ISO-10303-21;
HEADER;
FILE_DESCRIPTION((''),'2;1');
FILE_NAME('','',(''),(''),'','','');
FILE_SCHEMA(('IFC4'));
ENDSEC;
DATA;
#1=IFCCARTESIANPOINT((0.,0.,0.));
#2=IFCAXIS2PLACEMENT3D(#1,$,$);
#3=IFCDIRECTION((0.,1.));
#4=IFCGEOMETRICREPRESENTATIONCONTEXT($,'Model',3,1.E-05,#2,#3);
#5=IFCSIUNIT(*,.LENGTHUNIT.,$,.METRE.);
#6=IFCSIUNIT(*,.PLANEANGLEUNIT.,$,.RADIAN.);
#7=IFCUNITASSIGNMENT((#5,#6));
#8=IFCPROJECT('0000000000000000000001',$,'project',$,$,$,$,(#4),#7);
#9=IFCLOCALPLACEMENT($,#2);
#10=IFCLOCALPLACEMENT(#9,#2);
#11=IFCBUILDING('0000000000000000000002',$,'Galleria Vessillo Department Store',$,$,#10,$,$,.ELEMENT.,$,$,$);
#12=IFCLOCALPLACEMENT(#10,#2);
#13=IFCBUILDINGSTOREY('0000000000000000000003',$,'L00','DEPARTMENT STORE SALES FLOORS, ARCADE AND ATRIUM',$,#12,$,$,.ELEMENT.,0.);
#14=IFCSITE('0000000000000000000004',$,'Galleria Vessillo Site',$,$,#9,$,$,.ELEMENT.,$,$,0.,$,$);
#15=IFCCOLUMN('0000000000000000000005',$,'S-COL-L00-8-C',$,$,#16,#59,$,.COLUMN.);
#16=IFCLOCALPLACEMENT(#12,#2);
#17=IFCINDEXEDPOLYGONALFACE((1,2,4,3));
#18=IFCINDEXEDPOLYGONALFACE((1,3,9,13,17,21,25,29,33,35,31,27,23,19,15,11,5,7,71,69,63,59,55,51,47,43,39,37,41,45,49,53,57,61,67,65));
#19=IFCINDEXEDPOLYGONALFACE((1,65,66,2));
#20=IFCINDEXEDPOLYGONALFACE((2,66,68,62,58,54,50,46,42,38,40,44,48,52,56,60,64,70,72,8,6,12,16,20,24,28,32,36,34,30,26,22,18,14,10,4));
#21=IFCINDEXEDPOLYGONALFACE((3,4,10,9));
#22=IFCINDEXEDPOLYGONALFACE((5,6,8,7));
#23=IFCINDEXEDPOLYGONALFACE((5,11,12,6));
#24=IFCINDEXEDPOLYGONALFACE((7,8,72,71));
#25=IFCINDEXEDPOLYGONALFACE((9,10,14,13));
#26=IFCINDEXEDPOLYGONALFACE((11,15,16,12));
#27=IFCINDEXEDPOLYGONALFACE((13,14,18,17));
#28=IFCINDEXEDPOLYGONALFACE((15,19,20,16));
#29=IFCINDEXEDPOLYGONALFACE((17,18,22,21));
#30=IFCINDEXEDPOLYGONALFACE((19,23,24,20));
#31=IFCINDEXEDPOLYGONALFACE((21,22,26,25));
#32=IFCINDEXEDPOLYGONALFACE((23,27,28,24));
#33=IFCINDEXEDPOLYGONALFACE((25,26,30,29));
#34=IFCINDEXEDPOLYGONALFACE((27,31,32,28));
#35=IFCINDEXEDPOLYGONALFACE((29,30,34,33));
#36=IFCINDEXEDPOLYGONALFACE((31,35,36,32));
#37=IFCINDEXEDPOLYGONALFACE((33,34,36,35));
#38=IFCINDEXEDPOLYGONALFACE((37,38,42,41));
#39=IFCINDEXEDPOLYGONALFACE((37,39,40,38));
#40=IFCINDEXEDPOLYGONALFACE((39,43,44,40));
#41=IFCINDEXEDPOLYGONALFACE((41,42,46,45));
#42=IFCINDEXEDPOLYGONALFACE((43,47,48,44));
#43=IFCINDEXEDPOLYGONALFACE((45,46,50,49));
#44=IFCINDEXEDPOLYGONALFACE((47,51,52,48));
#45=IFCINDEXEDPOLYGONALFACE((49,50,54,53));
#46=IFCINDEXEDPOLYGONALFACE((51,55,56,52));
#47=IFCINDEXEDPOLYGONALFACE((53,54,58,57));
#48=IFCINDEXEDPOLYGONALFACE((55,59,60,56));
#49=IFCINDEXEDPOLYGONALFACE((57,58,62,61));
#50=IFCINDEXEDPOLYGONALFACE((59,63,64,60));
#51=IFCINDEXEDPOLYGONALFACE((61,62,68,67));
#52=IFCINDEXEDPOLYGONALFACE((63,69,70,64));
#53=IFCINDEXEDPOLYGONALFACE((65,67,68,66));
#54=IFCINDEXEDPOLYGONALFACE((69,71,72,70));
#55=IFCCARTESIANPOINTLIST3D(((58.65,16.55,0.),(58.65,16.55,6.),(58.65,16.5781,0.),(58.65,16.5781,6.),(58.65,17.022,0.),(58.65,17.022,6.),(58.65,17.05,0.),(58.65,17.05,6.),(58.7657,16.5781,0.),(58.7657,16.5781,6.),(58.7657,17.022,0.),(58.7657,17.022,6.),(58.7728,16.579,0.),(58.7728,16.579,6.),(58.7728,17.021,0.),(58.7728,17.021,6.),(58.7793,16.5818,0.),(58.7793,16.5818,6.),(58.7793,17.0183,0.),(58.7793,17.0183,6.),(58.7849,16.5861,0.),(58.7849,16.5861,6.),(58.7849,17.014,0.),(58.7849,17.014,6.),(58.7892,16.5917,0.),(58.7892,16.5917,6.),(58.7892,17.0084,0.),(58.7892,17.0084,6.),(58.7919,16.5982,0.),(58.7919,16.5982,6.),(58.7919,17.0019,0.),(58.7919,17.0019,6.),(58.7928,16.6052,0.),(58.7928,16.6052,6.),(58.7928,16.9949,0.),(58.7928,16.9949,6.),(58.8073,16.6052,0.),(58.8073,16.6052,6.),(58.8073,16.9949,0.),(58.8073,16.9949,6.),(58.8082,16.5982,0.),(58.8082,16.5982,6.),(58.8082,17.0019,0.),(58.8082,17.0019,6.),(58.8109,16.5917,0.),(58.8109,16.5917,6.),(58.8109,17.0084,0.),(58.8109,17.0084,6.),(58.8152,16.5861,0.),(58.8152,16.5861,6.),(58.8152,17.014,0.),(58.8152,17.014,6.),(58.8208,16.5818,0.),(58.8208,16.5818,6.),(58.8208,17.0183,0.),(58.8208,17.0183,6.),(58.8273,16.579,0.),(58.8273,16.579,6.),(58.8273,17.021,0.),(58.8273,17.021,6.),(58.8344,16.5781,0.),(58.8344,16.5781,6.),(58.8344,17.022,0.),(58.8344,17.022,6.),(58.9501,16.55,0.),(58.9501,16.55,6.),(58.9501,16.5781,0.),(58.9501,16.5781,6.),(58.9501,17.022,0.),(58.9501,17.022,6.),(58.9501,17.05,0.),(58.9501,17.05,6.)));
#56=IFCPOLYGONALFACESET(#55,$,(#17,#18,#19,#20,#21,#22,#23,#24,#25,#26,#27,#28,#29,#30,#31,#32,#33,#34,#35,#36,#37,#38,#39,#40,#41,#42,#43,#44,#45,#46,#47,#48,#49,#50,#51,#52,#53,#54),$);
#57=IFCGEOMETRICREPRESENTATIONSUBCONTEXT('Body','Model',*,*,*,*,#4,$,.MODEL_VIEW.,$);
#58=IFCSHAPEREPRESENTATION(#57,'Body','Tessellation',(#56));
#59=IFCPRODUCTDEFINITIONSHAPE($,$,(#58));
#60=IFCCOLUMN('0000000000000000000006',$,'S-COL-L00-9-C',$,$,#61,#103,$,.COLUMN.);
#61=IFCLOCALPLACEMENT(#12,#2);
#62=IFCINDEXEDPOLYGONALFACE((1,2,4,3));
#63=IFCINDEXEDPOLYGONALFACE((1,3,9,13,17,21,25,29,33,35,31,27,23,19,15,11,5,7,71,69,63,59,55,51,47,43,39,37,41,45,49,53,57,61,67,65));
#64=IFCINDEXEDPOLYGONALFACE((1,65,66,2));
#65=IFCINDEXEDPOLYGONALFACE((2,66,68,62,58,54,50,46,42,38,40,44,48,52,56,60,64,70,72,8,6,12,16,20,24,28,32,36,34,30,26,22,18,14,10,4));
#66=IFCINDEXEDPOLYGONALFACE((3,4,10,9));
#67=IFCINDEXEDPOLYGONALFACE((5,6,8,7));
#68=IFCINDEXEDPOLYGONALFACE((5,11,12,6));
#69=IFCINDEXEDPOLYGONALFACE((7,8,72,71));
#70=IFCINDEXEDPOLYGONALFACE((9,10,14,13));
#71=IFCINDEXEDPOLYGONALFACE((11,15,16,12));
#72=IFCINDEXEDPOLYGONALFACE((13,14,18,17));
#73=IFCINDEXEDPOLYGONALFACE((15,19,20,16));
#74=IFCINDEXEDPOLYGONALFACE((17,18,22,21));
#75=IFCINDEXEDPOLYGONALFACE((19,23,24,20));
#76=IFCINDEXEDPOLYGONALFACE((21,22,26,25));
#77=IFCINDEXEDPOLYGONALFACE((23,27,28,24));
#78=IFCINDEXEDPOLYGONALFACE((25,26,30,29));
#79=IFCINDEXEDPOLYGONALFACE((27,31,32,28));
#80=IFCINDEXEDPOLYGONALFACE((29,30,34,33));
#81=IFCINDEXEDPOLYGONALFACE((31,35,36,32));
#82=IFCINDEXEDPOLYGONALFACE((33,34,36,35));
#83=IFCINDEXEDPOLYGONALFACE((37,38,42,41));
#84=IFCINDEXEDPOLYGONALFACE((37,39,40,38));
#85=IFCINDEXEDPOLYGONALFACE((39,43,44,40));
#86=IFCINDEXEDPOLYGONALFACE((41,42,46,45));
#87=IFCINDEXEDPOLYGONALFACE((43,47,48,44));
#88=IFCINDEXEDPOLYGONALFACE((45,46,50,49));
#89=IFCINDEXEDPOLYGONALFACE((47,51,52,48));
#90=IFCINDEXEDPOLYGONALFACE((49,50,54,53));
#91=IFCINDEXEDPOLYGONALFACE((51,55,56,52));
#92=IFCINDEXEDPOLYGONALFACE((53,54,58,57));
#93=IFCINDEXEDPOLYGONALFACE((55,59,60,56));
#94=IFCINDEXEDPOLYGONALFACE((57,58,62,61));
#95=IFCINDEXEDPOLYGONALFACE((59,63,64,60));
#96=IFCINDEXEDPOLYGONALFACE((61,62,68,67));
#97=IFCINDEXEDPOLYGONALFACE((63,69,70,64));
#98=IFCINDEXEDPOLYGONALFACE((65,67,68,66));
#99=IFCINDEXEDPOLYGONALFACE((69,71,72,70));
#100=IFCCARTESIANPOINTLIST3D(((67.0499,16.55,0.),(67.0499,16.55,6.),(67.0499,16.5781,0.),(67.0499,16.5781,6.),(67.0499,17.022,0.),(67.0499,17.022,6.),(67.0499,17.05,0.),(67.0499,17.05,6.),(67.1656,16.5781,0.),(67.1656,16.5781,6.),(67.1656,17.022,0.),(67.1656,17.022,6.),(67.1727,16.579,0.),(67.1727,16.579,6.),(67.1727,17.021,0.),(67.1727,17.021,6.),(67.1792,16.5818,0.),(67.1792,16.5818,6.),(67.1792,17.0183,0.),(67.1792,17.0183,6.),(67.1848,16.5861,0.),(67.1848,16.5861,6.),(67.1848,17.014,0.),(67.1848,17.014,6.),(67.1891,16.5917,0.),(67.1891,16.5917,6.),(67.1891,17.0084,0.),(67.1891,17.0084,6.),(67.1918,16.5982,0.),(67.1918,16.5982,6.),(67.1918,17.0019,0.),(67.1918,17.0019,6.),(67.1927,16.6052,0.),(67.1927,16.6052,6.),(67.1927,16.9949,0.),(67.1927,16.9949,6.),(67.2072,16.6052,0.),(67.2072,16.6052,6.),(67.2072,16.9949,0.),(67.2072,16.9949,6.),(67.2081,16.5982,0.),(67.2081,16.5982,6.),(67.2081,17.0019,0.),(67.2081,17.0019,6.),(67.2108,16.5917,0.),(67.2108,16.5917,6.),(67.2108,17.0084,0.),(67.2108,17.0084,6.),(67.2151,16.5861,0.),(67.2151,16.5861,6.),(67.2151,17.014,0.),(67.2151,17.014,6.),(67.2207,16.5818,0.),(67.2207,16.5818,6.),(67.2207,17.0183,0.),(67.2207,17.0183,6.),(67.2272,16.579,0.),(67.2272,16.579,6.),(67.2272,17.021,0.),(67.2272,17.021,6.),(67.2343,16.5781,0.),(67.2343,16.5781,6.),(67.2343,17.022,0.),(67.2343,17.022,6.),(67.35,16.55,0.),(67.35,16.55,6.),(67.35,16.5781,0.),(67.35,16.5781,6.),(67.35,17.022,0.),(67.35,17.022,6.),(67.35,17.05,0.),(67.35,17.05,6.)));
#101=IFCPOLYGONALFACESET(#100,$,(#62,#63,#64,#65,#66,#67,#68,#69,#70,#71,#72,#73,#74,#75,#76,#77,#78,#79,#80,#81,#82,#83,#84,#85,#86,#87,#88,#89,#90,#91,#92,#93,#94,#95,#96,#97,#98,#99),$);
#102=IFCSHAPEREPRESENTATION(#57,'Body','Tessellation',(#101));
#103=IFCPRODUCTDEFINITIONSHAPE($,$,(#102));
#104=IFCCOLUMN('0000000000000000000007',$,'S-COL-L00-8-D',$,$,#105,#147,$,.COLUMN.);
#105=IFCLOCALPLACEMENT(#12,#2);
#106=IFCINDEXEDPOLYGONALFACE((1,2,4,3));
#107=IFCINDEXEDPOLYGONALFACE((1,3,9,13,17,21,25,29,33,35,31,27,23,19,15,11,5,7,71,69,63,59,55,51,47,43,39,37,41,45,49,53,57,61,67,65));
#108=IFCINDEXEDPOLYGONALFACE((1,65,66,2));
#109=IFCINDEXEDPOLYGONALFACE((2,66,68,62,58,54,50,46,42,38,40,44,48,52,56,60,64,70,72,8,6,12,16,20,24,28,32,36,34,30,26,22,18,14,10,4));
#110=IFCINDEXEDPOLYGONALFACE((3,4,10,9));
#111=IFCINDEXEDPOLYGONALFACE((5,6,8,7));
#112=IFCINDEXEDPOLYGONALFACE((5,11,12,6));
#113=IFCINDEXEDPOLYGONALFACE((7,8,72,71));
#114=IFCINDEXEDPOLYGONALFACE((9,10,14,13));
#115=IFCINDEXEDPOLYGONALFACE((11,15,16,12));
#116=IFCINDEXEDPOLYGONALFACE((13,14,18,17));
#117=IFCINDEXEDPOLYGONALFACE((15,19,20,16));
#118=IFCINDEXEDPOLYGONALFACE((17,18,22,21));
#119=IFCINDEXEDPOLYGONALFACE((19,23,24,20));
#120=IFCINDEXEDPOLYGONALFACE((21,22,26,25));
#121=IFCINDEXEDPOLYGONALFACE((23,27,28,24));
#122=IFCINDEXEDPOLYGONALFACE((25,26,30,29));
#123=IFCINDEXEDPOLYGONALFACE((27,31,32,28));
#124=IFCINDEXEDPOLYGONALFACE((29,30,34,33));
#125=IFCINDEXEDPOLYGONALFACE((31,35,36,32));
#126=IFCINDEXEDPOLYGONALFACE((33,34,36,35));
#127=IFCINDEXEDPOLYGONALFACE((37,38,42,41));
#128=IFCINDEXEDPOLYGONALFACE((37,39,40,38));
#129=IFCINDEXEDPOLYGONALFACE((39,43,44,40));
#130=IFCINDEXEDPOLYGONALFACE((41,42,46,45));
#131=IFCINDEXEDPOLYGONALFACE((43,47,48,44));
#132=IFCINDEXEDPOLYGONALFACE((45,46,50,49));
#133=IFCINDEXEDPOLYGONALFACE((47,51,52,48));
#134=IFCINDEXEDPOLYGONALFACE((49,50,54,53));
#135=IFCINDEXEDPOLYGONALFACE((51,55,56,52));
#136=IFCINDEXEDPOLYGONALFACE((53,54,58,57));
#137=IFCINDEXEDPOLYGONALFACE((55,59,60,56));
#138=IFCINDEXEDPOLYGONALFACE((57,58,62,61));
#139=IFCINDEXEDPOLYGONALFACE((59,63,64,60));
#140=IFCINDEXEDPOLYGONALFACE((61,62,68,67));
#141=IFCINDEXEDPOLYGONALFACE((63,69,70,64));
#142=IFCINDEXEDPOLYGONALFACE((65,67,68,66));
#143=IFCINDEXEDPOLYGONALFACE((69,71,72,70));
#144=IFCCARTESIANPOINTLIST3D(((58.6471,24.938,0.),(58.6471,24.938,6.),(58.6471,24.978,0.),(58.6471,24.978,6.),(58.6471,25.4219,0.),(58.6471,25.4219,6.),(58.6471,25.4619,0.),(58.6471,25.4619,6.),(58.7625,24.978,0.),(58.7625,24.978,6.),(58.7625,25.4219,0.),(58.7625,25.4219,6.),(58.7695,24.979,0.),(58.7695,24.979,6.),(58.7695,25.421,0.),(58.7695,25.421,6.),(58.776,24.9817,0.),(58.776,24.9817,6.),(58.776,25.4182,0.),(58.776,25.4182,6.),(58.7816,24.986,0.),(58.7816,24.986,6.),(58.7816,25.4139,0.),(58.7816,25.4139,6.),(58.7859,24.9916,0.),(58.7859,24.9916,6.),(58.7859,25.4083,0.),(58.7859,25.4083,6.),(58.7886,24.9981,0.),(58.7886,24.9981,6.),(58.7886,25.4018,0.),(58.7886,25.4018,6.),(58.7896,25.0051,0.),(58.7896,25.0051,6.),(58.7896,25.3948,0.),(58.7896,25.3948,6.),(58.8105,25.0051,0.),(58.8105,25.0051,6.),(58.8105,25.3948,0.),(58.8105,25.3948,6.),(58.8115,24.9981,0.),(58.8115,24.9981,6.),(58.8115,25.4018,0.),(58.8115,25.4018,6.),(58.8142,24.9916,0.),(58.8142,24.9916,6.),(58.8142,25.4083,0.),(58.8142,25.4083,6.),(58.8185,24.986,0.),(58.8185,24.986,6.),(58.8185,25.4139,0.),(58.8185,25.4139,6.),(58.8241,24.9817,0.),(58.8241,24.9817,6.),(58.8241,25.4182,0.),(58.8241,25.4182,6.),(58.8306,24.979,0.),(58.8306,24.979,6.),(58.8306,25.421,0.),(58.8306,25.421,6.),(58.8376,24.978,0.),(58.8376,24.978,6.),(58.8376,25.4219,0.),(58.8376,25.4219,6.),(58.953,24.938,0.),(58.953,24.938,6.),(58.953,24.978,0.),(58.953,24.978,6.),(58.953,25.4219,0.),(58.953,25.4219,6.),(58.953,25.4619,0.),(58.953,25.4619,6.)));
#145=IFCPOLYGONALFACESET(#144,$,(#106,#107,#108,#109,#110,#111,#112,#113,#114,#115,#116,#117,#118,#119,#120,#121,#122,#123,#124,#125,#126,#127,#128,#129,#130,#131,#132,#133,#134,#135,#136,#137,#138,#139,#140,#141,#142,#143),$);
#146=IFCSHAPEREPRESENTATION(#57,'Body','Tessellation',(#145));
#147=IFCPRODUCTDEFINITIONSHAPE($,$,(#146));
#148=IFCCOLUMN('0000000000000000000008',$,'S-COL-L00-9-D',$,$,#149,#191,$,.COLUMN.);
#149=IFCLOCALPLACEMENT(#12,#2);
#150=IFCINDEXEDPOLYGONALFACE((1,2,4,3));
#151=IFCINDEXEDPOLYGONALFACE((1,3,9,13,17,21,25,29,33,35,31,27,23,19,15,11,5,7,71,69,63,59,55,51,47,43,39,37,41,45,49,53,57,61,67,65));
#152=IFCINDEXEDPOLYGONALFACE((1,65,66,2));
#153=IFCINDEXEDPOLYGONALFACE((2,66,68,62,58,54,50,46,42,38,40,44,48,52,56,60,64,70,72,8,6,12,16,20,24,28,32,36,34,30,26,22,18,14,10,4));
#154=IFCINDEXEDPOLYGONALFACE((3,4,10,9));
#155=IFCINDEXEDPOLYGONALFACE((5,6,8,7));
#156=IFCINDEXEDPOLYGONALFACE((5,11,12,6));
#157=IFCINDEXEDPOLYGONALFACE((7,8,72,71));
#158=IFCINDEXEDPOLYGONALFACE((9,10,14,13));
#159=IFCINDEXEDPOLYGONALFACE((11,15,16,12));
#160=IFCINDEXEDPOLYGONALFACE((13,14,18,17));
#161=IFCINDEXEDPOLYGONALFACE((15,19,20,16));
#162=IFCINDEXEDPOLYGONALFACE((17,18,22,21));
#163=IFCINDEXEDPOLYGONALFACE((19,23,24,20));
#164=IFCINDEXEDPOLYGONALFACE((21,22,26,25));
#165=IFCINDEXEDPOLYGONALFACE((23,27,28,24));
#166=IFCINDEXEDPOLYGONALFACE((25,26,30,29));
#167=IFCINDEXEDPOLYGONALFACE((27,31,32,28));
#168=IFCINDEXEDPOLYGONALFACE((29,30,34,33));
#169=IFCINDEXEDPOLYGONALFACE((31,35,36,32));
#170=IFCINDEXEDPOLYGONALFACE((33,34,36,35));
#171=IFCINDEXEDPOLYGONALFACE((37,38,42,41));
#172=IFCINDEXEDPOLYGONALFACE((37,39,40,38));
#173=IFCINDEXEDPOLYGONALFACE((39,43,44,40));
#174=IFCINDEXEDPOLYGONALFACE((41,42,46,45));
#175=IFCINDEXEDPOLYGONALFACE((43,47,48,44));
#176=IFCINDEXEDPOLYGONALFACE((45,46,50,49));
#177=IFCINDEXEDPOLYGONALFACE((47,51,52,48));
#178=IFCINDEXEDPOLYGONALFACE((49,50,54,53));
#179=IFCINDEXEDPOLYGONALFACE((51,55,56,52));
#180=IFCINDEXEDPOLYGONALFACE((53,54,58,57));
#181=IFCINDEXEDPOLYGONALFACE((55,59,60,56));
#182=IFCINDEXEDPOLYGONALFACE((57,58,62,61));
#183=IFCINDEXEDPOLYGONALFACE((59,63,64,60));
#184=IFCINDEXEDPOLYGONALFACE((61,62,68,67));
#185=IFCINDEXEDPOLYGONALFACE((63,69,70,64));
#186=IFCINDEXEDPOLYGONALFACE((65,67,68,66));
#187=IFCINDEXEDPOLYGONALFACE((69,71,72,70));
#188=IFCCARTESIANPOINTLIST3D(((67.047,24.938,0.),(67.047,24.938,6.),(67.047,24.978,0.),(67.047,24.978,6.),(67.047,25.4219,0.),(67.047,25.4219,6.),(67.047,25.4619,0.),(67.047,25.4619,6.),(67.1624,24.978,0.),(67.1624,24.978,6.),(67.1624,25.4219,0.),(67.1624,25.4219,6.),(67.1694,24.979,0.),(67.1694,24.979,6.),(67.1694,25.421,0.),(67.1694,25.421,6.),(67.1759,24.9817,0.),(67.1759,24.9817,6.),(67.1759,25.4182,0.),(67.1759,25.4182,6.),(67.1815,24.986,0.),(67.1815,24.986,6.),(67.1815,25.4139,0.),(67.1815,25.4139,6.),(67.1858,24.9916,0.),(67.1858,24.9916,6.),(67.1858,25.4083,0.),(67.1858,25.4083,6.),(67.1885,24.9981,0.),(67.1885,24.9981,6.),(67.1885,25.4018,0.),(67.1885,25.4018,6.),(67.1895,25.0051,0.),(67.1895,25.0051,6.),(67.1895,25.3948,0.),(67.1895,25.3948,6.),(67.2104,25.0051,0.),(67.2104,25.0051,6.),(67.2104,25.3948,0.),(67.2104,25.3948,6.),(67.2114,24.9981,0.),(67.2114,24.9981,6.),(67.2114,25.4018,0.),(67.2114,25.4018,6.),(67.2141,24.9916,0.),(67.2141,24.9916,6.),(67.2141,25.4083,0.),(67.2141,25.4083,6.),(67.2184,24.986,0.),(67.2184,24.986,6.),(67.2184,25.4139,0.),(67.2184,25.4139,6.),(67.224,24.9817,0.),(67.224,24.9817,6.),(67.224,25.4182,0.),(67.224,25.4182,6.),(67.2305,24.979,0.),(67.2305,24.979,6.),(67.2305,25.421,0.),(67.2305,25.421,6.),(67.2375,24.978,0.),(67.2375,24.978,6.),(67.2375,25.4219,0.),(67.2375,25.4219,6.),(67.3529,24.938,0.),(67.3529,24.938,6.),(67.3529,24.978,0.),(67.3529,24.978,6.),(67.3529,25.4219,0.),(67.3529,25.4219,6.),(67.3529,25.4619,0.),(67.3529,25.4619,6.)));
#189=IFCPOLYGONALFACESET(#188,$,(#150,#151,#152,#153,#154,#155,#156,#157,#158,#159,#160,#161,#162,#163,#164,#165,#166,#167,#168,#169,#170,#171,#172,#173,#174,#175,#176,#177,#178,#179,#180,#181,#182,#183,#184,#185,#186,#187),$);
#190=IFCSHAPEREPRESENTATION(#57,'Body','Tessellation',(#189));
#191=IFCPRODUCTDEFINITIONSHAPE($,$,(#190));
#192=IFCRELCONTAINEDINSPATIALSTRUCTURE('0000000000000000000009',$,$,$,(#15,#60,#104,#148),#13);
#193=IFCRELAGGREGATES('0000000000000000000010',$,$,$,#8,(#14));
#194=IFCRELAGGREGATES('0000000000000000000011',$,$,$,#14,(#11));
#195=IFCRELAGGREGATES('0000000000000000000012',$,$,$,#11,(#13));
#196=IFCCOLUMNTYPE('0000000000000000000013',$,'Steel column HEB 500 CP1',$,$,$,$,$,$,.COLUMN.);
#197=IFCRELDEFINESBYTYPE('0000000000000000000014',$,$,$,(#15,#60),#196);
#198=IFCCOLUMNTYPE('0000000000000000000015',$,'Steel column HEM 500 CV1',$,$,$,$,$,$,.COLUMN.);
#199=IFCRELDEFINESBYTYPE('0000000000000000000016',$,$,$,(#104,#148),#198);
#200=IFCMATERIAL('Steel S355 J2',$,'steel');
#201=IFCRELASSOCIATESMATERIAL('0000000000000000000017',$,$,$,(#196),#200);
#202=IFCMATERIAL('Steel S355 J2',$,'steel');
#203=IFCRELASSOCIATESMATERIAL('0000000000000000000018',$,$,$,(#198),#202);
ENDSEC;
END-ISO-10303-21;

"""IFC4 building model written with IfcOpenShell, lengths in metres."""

from ifc_helpers import new_model, si_unit, direction, frame, origin, origin_2d, place, context, subcontext, project, spatial, i_section, extrude, material, material_profile, profile_set, type_object, element, save


model = new_model("IFC4")

# Units and contexts
model_context = context("Model", 3, precision=1e-05, world=origin(), true_north=direction((0.0, 1.0)))
body_context = subcontext(model_context, "Body", "Model", "MODEL_VIEW")
ifc_project = project(units=[si_unit("LENGTHUNIT", "METRE"), si_unit("PLANEANGLEUNIT", "RADIAN")], contexts=[model_context])

# Site, building, storey
site_placement = place(None, origin())
site = spatial("IfcSite", under=ifc_project, at=site_placement, Name="Galleria Vessillo Site", CompositionType="ELEMENT", RefElevation=0.0)
building_placement = place(site_placement, origin())
building = spatial("IfcBuilding", under=site, at=building_placement, Name="Galleria Vessillo Department Store", CompositionType="ELEMENT")
storey_placement = place(building_placement, origin())
storey = spatial("IfcBuildingStorey", under=building, at=storey_placement, Name="L00", Description="DEPARTMENT STORE SALES FLOORS, ARCADE AND ATRIUM", CompositionType="ELEMENT", Elevation=0.0)

# Columns
ifc_material_1 = material(Name="Steel S355 J2", Category="steel")
ifc_material_profile_1 = material_profile(ifc_material_1, i_section(OverallWidth=0.3, OverallDepth=0.5, WebThickness=0.0144, FlangeThickness=0.0281, FilletRadius=0.0271, at=origin_2d()), Name="HEB 500")
ifc_profile_set_1 = profile_set([ifc_material_profile_1], Name="Steel S355 J2")
column_type_1 = type_object("IfcColumnType", Name="Steel column HEB 500 CP1", PredefinedType="COLUMN", material=ifc_profile_set_1)
for number, where, z_axis, x_axis, name in (
    (1, (58.8, 16.8, 0.0), (0.0, 0.0, 1.0), (1.0, 0.0, 0.0), "S-COL-L00-8-C"),
    (2, (67.2, 16.8, 0.0), (0.0, 0.0, 1.0), (1.0, 0.0, 0.0), "S-COL-L00-9-C"),
):
    element("IfcColumn", number, at=place(storey_placement, frame(where, z_axis=z_axis, x_axis=x_axis)), inside=storey, type_object=column_type_1, Name=name, PredefinedType="COLUMN", context=body_context, shape_type="SweptSolid", body=[
        extrude(i_section(OverallWidth=0.3, OverallDepth=0.5, WebThickness=0.0144, FlangeThickness=0.0281, FilletRadius=0.0271, at=origin_2d()), origin(), (0.0, 0.0, 1.0), 6.0),
    ])
ifc_material_2 = material(Name="Steel S355 J2", Category="steel")
ifc_material_profile_2 = material_profile(ifc_material_2, i_section(OverallWidth=0.3059, OverallDepth=0.5239, WebThickness=0.021, FlangeThickness=0.04, FilletRadius=0.0271, at=origin_2d()), Name="HEM 500")
ifc_profile_set_2 = profile_set([ifc_material_profile_2], Name="Steel S355 J2")
column_type_2 = type_object("IfcColumnType", Name="Steel column HEM 500 CV1", PredefinedType="COLUMN", material=ifc_profile_set_2)
for number, where, z_axis, x_axis, name in (
    (3, (58.8, 25.2, 0.0), (0.0, 0.0, 1.0), (1.0, 0.0, 0.0), "S-COL-L00-8-D"),
    (4, (67.2, 25.2, 0.0), (0.0, 0.0, 1.0), (1.0, 0.0, 0.0), "S-COL-L00-9-D"),
):
    element("IfcColumn", number, at=place(storey_placement, frame(where, z_axis=z_axis, x_axis=x_axis)), inside=storey, type_object=column_type_2, Name=name, PredefinedType="COLUMN", context=body_context, shape_type="SweptSolid", body=[
        extrude(i_section(OverallWidth=0.3059, OverallDepth=0.5239, WebThickness=0.021, FlangeThickness=0.04, FilletRadius=0.0271, at=origin_2d()), origin(), (0.0, 0.0, 1.0), 6.0),
    ])

save(model, "model.ifc")
